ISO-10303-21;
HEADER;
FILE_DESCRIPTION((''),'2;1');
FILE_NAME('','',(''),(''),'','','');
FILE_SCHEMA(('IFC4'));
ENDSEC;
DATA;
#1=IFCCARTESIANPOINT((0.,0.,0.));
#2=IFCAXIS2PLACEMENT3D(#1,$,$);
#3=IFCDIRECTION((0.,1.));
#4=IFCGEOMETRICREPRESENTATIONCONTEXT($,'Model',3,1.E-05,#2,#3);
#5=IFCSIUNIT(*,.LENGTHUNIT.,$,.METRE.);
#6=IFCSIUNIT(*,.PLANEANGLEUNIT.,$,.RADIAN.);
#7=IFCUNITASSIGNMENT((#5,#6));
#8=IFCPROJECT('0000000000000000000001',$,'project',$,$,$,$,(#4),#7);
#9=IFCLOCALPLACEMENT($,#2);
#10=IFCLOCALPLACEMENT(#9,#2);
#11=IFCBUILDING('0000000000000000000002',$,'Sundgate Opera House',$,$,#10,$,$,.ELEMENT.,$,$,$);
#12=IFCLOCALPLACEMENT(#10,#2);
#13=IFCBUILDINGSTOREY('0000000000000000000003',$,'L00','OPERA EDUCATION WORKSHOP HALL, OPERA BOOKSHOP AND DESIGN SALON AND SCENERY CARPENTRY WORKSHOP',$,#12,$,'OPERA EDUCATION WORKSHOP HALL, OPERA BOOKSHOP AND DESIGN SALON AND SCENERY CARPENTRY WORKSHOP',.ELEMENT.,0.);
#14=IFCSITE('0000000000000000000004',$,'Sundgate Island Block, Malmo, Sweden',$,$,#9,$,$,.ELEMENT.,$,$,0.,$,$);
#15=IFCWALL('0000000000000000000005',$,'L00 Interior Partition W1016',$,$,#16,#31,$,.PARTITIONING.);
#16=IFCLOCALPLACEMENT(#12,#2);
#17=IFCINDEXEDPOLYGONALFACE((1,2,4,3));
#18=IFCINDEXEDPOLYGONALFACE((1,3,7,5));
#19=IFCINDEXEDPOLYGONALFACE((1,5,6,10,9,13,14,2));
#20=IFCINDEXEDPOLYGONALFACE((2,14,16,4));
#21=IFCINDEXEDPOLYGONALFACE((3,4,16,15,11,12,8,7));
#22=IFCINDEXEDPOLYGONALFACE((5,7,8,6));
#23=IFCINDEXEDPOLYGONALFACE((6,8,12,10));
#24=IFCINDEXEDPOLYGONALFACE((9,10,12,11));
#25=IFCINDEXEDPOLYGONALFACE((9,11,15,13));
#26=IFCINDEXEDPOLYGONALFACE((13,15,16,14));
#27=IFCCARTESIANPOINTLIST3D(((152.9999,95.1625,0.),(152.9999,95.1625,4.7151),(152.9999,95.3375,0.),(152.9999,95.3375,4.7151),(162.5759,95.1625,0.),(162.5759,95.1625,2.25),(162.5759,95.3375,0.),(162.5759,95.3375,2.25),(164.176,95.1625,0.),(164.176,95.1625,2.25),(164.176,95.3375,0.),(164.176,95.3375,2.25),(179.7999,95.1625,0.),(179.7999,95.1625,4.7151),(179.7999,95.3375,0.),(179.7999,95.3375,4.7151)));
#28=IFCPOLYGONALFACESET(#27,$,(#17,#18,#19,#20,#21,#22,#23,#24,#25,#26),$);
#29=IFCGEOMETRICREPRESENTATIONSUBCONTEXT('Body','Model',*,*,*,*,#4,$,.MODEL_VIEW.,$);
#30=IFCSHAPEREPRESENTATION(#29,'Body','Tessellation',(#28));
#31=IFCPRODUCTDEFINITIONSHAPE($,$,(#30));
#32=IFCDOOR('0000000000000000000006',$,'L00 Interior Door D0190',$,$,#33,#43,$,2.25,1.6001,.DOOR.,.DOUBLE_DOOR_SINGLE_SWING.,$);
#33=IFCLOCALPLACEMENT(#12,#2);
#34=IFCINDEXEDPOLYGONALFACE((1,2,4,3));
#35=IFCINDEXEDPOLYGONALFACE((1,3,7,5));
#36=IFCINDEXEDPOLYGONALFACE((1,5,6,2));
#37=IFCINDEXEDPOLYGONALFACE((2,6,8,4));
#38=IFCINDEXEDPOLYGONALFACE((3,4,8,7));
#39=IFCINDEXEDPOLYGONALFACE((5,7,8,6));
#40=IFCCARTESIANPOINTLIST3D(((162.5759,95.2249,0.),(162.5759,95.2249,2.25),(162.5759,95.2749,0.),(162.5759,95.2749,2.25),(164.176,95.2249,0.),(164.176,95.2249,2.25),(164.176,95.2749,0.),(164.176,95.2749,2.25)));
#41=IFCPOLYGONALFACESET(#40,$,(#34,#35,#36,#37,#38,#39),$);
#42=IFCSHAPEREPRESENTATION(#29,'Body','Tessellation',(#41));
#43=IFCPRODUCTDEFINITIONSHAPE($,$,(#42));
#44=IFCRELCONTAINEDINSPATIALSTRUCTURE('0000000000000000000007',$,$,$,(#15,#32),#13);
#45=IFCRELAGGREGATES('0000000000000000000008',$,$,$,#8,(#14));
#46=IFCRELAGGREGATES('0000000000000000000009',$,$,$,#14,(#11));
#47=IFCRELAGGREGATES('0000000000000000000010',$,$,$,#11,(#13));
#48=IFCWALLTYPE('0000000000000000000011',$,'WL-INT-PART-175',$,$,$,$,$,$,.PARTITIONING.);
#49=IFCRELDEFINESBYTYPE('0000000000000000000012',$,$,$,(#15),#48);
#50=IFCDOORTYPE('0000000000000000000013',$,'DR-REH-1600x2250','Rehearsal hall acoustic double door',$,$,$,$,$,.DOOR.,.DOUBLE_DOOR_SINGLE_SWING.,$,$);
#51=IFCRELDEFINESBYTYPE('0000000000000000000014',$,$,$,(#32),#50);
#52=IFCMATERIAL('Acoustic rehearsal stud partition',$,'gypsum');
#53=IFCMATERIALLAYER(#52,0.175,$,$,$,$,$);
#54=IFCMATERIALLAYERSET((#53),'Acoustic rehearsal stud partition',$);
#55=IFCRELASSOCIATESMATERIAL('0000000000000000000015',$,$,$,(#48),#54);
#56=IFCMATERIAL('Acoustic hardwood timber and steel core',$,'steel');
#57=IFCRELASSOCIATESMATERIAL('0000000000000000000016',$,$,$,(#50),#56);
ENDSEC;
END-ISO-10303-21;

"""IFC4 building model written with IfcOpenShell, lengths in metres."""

from ifc_helpers import new_model, si_unit, direction, frame, frame_2d, origin, place, context, subcontext, project, spatial, rectangle, extrude, material, layer, layer_set, type_object, element, fill, save


model = new_model("IFC4")

# Units and contexts
model_context = context("Model", 3, precision=1e-05, world=origin(), true_north=direction((0.0, 1.0)))
body_context = subcontext(model_context, "Body", "Model", "MODEL_VIEW")
ifc_project = project(units=[si_unit("LENGTHUNIT", "METRE"), si_unit("PLANEANGLEUNIT", "RADIAN")], contexts=[model_context])

# Site, building, storey
site_placement = place(None, origin())
site = spatial("IfcSite", under=ifc_project, at=site_placement, Name="Sundgate Island Block, Malmo, Sweden", CompositionType="ELEMENT", RefElevation=0.0)
building_placement = place(site_placement, origin())
building = spatial("IfcBuilding", under=site, at=building_placement, Name="Sundgate Opera House", CompositionType="ELEMENT")
storey_placement = place(building_placement, origin())
storey = spatial("IfcBuildingStorey", under=building, at=storey_placement, Name="L00", Description="OPERA EDUCATION WORKSHOP HALL, OPERA BOOKSHOP AND DESIGN SALON AND SCENERY CARPENTRY WORKSHOP", LongName="OPERA EDUCATION WORKSHOP HALL, OPERA BOOKSHOP AND DESIGN SALON AND SCENERY CARPENTRY WORKSHOP", CompositionType="ELEMENT", Elevation=0.0)

# Wall, opening, door
ifc_material_1 = material(Name="Acoustic rehearsal stud partition", Category="gypsum")
ifc_layer_1 = layer(ifc_material_1, 0.175)
ifc_layer_set_1 = layer_set([ifc_layer_1], Name="Acoustic rehearsal stud partition")
wall_type = type_object("IfcWallType", Name="WL-INT-PART-175", PredefinedType="PARTITIONING", material=ifc_layer_set_1)
wall_placement = place(storey_placement, frame((153.0, 95.25, 0.0), z_axis=(0.0, 0.0, 1.0), x_axis=(1.0, 0.0, 0.0)))
wall = element("IfcWall", 1, at=wall_placement, inside=storey, type_object=wall_type, Name="L00 Interior Partition W1016", PredefinedType="PARTITIONING", context=body_context, shape_type="SweptSolid", body=[
    extrude(rectangle(XDim=26.8, YDim=0.175, at=frame_2d((13.3999, 0.0))), origin(), (0.0, 0.0, 1.0), 4.7151),
])
opening_placement = place(wall_placement, frame((9.5759, 0.0, 0.0)))
opening = element("IfcOpeningElement", 2, at=opening_placement, cuts=wall, PredefinedType="OPENING", context=body_context, shape_type="SweptSolid", body=[
    extrude(rectangle(XDim=1.6001, YDim=2.25, at=frame_2d((0.8, 1.125))), frame((0.0, 0.0974, 0.0), z_axis=(0.0, -1.0, 0.0), x_axis=(1.0, 0.0, 0.0)), (0.0, 0.0, 1.0), 0.1951),
])
ifc_material_2 = material(Name="Acoustic hardwood timber and steel core", Category="steel")
door_type = type_object("IfcDoorType", Name="DR-REH-1600x2250", Description="Rehearsal hall acoustic double door", OperationType="DOUBLE_DOOR_SINGLE_SWING", PredefinedType="DOOR", material=ifc_material_2)
door_placement = place(opening_placement, origin())
door = element("IfcDoor", 3, at=door_placement, inside=storey, type_object=door_type, Name="L00 Interior Door D0190", OperationType="DOUBLE_DOOR_SINGLE_SWING", OverallHeight=2.25, OverallWidth=1.6001, PredefinedType="DOOR", context=body_context, shape_type="SweptSolid", body=[
    extrude(rectangle(XDim=1.6001, YDim=2.25, at=frame_2d((0.8, 1.125))), frame((0.0, 0.0249, 0.0), z_axis=(0.0, -1.0, 0.0), x_axis=(1.0, 0.0, 0.0)), (0.0, 0.0, 1.0), 0.05),
])
fill(opening, door)

save(model, "model.ifc")
